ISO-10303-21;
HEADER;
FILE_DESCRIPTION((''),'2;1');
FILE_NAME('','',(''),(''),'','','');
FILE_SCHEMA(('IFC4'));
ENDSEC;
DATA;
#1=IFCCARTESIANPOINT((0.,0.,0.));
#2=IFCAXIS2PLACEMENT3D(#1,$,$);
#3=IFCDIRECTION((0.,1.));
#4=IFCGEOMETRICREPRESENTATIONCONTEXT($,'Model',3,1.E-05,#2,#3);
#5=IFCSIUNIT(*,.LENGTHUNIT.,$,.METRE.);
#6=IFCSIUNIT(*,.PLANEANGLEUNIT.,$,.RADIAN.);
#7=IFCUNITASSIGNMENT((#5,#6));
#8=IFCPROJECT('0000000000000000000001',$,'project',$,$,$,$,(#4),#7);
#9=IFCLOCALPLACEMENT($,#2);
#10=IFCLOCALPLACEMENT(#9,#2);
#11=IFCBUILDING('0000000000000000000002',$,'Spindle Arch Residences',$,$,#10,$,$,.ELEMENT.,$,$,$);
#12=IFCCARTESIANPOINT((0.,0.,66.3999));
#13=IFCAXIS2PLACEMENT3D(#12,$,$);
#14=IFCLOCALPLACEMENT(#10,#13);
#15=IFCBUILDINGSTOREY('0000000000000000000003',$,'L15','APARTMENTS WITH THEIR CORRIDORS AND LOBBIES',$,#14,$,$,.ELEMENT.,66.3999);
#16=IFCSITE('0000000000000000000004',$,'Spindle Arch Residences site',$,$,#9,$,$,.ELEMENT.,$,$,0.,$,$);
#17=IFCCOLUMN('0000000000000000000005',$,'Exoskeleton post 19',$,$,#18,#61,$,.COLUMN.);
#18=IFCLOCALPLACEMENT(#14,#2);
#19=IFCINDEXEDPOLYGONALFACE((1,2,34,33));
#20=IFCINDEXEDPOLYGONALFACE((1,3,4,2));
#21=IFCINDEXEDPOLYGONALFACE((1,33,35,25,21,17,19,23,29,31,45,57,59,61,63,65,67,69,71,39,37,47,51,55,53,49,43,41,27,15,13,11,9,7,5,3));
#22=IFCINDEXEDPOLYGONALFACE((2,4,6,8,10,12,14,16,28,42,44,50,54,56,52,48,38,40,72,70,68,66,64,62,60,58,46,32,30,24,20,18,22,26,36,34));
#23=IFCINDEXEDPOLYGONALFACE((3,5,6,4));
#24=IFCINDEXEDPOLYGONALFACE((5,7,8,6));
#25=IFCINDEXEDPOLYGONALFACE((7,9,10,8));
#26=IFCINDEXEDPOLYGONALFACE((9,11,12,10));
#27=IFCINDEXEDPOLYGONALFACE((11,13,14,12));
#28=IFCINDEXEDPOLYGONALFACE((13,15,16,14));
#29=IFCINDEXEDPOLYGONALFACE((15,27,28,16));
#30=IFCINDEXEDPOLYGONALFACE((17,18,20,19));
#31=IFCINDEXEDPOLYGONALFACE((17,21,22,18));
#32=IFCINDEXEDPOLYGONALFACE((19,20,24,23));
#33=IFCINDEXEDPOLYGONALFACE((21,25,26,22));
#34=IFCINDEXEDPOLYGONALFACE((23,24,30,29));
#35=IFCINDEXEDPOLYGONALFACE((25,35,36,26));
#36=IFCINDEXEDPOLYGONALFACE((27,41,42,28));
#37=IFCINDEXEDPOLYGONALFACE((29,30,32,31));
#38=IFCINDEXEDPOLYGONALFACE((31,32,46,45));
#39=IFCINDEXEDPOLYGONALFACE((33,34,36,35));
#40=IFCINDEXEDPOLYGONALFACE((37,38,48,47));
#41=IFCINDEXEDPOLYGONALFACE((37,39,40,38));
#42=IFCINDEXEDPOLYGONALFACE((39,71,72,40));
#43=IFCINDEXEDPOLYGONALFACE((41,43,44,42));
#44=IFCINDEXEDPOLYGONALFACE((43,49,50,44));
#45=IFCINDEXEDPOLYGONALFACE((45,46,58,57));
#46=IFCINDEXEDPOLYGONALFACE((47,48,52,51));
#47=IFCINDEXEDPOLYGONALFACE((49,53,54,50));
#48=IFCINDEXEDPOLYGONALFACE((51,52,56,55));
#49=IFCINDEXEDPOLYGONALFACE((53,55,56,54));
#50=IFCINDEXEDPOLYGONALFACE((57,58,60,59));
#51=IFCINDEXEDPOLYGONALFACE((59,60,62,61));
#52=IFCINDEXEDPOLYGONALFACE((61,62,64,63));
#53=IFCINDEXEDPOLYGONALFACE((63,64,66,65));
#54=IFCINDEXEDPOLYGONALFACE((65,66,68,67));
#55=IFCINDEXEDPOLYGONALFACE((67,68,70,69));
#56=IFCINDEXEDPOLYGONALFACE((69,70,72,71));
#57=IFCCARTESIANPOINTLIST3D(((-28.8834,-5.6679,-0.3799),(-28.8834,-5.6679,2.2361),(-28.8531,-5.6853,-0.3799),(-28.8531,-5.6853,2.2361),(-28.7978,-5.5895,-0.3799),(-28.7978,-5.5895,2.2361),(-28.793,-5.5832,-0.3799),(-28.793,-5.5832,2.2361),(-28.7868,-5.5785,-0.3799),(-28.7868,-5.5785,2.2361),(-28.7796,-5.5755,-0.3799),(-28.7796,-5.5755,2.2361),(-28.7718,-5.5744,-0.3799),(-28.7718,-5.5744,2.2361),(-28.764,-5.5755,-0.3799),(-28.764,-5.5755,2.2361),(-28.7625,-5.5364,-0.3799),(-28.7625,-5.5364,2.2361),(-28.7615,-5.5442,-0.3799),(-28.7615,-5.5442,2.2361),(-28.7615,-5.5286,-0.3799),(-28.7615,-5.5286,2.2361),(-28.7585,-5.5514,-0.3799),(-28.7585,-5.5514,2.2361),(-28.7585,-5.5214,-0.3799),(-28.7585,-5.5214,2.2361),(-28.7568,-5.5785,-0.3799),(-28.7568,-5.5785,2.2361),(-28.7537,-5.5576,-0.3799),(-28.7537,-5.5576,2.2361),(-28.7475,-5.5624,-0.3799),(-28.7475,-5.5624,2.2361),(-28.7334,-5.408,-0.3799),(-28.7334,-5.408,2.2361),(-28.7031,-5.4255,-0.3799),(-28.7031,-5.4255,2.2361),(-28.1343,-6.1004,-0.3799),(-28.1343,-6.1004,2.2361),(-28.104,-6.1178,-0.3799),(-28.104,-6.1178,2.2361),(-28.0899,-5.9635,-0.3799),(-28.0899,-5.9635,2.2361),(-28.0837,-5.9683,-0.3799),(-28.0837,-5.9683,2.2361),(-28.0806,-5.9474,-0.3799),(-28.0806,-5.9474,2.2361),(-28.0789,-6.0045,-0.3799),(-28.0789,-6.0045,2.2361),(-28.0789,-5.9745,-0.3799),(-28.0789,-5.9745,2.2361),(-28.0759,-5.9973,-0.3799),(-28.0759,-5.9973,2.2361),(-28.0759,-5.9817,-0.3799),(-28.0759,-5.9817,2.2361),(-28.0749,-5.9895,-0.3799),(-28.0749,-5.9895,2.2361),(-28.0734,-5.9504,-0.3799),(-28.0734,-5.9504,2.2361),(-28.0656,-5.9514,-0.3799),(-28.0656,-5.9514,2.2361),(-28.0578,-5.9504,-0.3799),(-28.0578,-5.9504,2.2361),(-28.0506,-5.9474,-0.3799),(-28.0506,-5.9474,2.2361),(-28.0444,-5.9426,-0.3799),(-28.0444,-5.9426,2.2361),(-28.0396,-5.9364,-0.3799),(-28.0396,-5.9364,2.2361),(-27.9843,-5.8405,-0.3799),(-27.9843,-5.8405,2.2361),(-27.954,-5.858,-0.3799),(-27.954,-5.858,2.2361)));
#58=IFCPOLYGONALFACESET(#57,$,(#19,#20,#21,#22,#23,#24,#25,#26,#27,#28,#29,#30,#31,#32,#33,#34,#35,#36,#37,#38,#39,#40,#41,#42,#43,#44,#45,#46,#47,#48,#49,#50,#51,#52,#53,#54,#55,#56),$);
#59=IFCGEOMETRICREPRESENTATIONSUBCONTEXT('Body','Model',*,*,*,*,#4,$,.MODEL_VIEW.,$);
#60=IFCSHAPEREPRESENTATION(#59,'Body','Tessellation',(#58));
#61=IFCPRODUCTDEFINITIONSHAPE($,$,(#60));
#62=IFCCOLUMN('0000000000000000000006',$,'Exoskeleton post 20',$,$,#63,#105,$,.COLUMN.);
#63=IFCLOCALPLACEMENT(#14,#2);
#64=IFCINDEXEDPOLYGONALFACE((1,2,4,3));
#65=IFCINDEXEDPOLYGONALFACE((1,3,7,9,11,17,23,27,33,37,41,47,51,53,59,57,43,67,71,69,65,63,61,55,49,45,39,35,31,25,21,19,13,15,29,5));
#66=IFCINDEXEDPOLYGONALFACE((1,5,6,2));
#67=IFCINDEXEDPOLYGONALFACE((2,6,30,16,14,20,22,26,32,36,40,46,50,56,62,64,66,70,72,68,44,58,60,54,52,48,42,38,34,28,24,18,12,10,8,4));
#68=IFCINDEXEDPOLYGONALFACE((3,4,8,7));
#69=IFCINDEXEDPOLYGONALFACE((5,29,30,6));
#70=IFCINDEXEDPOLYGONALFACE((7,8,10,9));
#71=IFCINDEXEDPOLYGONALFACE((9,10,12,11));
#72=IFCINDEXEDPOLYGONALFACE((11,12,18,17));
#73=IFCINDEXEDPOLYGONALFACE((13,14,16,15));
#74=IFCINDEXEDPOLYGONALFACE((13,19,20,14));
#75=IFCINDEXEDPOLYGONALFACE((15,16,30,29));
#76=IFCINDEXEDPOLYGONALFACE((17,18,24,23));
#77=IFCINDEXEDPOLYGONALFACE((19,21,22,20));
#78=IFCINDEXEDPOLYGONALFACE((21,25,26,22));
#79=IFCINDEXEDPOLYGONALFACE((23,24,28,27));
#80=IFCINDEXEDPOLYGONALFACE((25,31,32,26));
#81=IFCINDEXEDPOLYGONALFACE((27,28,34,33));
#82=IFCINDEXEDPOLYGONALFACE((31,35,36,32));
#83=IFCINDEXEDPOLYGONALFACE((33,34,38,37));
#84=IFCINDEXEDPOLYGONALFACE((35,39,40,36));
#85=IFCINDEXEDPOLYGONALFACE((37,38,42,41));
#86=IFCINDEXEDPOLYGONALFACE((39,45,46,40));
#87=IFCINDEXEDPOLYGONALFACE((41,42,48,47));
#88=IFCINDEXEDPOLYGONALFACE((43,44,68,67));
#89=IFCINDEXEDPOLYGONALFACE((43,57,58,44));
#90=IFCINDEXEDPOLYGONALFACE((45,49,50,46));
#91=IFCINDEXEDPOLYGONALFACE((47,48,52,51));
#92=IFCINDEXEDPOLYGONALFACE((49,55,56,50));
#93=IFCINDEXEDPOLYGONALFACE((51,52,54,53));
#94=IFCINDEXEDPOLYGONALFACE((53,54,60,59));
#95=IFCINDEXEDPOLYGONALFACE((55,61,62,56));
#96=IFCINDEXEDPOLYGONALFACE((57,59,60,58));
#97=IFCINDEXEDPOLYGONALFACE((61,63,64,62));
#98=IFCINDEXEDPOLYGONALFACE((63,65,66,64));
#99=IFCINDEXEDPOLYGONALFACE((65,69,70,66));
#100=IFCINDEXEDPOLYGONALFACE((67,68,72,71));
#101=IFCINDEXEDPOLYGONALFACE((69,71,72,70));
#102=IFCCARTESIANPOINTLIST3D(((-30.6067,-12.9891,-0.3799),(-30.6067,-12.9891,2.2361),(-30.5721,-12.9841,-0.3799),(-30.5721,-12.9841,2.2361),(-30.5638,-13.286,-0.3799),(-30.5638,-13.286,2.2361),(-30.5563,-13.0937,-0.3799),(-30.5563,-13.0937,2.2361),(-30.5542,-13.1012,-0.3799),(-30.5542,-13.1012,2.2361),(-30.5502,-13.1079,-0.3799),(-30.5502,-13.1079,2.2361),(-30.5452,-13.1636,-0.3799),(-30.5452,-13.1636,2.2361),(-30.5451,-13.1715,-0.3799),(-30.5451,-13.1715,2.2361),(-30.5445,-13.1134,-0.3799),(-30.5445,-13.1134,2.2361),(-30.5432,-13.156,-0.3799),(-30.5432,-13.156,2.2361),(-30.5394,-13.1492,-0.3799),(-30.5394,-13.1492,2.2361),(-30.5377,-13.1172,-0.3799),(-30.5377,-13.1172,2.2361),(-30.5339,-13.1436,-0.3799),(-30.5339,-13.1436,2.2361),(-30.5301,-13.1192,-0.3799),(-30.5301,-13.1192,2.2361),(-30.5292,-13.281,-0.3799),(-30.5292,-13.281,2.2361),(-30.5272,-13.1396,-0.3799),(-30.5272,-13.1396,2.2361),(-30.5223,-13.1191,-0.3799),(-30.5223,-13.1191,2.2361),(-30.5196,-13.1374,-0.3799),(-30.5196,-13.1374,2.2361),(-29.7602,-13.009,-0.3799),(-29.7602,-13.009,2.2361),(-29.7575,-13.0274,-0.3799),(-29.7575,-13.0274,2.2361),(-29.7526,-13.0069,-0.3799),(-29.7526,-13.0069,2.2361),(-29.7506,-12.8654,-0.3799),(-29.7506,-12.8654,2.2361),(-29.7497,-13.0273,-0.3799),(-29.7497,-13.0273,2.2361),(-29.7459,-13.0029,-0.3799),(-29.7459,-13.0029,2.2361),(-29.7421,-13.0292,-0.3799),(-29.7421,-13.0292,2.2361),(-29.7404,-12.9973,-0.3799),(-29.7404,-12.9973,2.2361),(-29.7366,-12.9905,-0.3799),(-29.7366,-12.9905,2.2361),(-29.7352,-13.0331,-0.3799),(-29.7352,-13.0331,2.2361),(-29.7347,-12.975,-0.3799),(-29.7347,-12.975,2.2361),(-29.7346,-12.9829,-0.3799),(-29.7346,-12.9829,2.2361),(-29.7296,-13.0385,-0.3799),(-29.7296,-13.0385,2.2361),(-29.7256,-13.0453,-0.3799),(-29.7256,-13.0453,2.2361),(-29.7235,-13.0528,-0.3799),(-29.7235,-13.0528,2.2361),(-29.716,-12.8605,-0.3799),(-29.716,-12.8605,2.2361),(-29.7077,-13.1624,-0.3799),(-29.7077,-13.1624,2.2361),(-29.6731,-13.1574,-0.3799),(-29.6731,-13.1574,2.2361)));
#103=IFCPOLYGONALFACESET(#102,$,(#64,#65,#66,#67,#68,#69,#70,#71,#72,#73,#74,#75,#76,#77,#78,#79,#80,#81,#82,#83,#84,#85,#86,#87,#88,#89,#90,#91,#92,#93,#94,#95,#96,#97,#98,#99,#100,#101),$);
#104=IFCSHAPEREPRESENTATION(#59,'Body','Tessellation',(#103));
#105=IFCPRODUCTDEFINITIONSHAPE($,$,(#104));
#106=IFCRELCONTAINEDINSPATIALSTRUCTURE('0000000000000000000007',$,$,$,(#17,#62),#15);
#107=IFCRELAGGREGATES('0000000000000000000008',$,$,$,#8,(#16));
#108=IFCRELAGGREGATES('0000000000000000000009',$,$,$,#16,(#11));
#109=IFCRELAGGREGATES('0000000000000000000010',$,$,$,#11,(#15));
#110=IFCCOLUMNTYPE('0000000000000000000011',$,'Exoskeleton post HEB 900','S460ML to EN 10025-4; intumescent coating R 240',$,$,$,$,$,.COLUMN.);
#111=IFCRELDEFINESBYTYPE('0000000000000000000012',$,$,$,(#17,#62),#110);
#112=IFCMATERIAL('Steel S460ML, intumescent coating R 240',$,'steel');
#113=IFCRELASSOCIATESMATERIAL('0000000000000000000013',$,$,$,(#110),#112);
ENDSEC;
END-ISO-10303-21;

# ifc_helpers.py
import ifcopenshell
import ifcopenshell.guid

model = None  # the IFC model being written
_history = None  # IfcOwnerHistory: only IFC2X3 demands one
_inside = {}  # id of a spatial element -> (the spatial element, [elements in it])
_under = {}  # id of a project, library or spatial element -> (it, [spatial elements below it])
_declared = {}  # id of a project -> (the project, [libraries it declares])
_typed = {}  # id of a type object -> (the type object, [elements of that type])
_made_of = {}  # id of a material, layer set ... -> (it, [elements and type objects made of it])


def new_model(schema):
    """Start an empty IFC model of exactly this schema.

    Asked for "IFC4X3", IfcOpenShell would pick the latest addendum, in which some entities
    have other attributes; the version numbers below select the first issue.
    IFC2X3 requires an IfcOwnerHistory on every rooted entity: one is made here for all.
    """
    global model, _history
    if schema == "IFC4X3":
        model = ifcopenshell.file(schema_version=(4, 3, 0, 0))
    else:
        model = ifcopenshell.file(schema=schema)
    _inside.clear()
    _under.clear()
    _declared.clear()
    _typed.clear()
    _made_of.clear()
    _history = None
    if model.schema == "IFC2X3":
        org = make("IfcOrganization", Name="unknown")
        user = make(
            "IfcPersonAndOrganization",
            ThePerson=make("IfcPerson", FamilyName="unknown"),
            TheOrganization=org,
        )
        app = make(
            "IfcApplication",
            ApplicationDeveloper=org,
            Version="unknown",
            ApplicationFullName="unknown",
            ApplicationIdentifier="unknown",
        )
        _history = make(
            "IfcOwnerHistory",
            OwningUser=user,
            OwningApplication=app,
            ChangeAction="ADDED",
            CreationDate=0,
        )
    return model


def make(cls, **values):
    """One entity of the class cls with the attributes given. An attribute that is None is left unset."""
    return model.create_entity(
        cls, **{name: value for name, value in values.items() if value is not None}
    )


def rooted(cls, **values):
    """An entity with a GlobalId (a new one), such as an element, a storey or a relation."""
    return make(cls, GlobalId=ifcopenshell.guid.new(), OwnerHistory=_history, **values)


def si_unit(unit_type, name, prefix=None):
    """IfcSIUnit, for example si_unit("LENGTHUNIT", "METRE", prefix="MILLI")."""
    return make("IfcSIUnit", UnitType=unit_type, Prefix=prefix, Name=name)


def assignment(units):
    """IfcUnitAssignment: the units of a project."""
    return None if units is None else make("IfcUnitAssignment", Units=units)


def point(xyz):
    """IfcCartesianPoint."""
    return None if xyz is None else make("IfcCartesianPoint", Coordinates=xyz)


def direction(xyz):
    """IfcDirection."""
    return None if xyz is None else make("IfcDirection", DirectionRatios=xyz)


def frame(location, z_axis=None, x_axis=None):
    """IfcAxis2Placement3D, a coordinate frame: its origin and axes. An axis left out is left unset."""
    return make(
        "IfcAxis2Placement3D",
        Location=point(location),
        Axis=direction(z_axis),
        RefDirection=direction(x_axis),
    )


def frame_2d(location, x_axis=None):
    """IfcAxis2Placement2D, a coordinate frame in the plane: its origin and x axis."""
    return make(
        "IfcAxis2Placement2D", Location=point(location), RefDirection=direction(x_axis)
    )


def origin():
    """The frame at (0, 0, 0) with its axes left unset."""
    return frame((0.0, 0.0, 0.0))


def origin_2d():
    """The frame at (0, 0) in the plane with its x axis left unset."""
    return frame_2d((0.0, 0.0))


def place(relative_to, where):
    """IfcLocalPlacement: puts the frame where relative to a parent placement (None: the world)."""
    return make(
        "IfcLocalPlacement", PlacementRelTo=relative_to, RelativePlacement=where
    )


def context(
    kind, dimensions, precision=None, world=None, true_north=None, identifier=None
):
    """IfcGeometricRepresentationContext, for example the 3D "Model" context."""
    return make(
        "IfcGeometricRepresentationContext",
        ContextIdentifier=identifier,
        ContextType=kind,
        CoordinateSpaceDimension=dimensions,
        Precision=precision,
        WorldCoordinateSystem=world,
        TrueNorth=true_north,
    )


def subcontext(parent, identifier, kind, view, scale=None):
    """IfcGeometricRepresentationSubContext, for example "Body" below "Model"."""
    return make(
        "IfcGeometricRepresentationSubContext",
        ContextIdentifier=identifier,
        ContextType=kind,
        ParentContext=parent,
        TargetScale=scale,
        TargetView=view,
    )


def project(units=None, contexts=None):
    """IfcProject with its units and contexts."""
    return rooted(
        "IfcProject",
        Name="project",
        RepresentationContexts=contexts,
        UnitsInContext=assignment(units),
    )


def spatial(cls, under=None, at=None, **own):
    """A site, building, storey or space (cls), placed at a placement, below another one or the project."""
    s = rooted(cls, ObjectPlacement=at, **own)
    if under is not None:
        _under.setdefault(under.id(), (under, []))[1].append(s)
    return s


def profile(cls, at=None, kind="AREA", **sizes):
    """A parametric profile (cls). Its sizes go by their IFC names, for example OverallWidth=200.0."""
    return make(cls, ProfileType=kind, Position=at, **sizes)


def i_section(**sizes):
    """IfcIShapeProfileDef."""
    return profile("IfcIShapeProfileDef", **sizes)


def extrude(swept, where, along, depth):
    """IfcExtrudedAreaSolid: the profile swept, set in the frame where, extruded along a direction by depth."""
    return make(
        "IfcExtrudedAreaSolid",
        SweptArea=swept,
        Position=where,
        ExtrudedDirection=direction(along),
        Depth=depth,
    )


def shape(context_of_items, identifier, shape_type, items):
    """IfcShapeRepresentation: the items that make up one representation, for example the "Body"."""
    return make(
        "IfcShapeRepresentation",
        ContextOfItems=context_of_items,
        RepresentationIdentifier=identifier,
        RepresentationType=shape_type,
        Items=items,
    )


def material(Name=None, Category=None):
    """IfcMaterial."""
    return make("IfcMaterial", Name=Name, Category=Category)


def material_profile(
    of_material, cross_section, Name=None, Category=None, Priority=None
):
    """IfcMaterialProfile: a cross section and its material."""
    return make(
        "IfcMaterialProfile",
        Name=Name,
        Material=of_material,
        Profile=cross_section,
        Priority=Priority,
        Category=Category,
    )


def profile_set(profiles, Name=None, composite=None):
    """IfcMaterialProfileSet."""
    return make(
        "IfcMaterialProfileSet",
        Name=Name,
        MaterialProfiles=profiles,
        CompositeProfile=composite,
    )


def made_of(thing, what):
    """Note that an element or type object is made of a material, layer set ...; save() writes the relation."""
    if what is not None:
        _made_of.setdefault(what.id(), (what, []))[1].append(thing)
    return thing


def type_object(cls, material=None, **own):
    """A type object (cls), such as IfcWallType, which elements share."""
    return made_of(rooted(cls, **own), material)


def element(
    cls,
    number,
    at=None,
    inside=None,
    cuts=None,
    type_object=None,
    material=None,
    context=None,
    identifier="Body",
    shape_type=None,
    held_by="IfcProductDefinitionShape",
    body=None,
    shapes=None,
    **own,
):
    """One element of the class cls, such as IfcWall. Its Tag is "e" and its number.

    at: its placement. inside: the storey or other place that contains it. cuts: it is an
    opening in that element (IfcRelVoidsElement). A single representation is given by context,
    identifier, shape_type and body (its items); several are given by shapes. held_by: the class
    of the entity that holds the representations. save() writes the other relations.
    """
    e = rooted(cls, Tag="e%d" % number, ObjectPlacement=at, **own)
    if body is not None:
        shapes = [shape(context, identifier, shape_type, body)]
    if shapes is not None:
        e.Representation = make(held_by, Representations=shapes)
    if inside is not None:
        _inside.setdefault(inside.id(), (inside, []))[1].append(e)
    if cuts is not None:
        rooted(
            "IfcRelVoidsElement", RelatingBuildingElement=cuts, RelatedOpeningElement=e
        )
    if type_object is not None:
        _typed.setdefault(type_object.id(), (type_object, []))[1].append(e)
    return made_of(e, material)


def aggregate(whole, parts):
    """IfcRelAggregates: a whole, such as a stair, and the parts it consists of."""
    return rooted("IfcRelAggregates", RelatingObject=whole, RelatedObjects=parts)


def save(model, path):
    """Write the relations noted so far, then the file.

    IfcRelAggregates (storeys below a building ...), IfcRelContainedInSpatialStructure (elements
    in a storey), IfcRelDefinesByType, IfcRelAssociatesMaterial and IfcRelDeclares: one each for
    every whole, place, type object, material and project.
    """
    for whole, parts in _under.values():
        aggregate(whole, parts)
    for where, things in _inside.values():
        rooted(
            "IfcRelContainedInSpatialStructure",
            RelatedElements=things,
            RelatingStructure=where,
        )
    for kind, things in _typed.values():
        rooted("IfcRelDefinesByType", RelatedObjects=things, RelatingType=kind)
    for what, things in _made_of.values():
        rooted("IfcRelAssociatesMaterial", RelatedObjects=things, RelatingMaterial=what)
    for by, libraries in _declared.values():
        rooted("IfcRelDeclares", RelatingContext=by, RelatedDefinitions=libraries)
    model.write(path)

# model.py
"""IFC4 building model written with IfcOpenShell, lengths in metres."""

from ifc_helpers import new_model, si_unit, direction, frame, origin, origin_2d, place, context, subcontext, project, spatial, i_section, extrude, material, material_profile, profile_set, type_object, element, save


model = new_model("IFC4")

# Units and contexts
model_context = context("Model", 3, precision=1e-05, world=origin(), true_north=direction((0.0, 1.0)))
body_context = subcontext(model_context, "Body", "Model", "MODEL_VIEW")
ifc_project = project(units=[si_unit("LENGTHUNIT", "METRE"), si_unit("PLANEANGLEUNIT", "RADIAN")], contexts=[model_context])

# Site, building, storey
site_placement = place(None, origin())
site = spatial("IfcSite", under=ifc_project, at=site_placement, Name="Spindle Arch Residences site", CompositionType="ELEMENT", RefElevation=0.0)
building_placement = place(site_placement, origin())
building = spatial("IfcBuilding", under=site, at=building_placement, Name="Spindle Arch Residences", CompositionType="ELEMENT")
storey_placement = place(building_placement, frame((0.0, 0.0, 66.3999)))
storey = spatial("IfcBuildingStorey", under=building, at=storey_placement, Name="L15", Description="APARTMENTS WITH THEIR CORRIDORS AND LOBBIES", CompositionType="ELEMENT", Elevation=66.3999)

# Columns
ifc_material_1 = material(Name="Steel S460ML, intumescent coating R 240", Category="steel")
ifc_material_profile_1 = material_profile(ifc_material_1, i_section(OverallWidth=0.3, OverallDepth=0.8999, WebThickness=0.0186, FlangeThickness=0.0349, FilletRadius=0.03, at=origin_2d()), Name="HEB 900")
ifc_profile_set_1 = profile_set([ifc_material_profile_1], Name="Steel S460ML, intumescent coating R 240")
column_type_1 = type_object("IfcColumnType", Name="Exoskeleton post HEB 900", Description="S460ML to EN 10025-4; intumescent coating R 240", PredefinedType="COLUMN", material=ifc_profile_set_1)
for number, where, z_axis, x_axis, name in (
    (1, (-28.4187, -5.7629, -0.3799), (0.0, 0.0, 1.0), (0.5, 0.866025, 0.0), "Exoskeleton post 19"),
    (2, (-30.1399, -13.0732, -0.3799), (0.0, 0.0, 1.0), (-0.142906, 0.989736, 0.0), "Exoskeleton post 20"),
):
    element("IfcColumn", number, at=place(storey_placement, frame(where, z_axis=z_axis, x_axis=x_axis)), inside=storey, type_object=column_type_1, Name=name, PredefinedType="COLUMN", context=body_context, shape_type="SweptSolid", body=[
        extrude(i_section(OverallWidth=0.3, OverallDepth=0.8999, WebThickness=0.0186, FlangeThickness=0.0349, FilletRadius=0.03, at=origin_2d()), origin(), (0.0, 0.0, 1.0), 2.616),
    ])

save(model, "model.ifc")
